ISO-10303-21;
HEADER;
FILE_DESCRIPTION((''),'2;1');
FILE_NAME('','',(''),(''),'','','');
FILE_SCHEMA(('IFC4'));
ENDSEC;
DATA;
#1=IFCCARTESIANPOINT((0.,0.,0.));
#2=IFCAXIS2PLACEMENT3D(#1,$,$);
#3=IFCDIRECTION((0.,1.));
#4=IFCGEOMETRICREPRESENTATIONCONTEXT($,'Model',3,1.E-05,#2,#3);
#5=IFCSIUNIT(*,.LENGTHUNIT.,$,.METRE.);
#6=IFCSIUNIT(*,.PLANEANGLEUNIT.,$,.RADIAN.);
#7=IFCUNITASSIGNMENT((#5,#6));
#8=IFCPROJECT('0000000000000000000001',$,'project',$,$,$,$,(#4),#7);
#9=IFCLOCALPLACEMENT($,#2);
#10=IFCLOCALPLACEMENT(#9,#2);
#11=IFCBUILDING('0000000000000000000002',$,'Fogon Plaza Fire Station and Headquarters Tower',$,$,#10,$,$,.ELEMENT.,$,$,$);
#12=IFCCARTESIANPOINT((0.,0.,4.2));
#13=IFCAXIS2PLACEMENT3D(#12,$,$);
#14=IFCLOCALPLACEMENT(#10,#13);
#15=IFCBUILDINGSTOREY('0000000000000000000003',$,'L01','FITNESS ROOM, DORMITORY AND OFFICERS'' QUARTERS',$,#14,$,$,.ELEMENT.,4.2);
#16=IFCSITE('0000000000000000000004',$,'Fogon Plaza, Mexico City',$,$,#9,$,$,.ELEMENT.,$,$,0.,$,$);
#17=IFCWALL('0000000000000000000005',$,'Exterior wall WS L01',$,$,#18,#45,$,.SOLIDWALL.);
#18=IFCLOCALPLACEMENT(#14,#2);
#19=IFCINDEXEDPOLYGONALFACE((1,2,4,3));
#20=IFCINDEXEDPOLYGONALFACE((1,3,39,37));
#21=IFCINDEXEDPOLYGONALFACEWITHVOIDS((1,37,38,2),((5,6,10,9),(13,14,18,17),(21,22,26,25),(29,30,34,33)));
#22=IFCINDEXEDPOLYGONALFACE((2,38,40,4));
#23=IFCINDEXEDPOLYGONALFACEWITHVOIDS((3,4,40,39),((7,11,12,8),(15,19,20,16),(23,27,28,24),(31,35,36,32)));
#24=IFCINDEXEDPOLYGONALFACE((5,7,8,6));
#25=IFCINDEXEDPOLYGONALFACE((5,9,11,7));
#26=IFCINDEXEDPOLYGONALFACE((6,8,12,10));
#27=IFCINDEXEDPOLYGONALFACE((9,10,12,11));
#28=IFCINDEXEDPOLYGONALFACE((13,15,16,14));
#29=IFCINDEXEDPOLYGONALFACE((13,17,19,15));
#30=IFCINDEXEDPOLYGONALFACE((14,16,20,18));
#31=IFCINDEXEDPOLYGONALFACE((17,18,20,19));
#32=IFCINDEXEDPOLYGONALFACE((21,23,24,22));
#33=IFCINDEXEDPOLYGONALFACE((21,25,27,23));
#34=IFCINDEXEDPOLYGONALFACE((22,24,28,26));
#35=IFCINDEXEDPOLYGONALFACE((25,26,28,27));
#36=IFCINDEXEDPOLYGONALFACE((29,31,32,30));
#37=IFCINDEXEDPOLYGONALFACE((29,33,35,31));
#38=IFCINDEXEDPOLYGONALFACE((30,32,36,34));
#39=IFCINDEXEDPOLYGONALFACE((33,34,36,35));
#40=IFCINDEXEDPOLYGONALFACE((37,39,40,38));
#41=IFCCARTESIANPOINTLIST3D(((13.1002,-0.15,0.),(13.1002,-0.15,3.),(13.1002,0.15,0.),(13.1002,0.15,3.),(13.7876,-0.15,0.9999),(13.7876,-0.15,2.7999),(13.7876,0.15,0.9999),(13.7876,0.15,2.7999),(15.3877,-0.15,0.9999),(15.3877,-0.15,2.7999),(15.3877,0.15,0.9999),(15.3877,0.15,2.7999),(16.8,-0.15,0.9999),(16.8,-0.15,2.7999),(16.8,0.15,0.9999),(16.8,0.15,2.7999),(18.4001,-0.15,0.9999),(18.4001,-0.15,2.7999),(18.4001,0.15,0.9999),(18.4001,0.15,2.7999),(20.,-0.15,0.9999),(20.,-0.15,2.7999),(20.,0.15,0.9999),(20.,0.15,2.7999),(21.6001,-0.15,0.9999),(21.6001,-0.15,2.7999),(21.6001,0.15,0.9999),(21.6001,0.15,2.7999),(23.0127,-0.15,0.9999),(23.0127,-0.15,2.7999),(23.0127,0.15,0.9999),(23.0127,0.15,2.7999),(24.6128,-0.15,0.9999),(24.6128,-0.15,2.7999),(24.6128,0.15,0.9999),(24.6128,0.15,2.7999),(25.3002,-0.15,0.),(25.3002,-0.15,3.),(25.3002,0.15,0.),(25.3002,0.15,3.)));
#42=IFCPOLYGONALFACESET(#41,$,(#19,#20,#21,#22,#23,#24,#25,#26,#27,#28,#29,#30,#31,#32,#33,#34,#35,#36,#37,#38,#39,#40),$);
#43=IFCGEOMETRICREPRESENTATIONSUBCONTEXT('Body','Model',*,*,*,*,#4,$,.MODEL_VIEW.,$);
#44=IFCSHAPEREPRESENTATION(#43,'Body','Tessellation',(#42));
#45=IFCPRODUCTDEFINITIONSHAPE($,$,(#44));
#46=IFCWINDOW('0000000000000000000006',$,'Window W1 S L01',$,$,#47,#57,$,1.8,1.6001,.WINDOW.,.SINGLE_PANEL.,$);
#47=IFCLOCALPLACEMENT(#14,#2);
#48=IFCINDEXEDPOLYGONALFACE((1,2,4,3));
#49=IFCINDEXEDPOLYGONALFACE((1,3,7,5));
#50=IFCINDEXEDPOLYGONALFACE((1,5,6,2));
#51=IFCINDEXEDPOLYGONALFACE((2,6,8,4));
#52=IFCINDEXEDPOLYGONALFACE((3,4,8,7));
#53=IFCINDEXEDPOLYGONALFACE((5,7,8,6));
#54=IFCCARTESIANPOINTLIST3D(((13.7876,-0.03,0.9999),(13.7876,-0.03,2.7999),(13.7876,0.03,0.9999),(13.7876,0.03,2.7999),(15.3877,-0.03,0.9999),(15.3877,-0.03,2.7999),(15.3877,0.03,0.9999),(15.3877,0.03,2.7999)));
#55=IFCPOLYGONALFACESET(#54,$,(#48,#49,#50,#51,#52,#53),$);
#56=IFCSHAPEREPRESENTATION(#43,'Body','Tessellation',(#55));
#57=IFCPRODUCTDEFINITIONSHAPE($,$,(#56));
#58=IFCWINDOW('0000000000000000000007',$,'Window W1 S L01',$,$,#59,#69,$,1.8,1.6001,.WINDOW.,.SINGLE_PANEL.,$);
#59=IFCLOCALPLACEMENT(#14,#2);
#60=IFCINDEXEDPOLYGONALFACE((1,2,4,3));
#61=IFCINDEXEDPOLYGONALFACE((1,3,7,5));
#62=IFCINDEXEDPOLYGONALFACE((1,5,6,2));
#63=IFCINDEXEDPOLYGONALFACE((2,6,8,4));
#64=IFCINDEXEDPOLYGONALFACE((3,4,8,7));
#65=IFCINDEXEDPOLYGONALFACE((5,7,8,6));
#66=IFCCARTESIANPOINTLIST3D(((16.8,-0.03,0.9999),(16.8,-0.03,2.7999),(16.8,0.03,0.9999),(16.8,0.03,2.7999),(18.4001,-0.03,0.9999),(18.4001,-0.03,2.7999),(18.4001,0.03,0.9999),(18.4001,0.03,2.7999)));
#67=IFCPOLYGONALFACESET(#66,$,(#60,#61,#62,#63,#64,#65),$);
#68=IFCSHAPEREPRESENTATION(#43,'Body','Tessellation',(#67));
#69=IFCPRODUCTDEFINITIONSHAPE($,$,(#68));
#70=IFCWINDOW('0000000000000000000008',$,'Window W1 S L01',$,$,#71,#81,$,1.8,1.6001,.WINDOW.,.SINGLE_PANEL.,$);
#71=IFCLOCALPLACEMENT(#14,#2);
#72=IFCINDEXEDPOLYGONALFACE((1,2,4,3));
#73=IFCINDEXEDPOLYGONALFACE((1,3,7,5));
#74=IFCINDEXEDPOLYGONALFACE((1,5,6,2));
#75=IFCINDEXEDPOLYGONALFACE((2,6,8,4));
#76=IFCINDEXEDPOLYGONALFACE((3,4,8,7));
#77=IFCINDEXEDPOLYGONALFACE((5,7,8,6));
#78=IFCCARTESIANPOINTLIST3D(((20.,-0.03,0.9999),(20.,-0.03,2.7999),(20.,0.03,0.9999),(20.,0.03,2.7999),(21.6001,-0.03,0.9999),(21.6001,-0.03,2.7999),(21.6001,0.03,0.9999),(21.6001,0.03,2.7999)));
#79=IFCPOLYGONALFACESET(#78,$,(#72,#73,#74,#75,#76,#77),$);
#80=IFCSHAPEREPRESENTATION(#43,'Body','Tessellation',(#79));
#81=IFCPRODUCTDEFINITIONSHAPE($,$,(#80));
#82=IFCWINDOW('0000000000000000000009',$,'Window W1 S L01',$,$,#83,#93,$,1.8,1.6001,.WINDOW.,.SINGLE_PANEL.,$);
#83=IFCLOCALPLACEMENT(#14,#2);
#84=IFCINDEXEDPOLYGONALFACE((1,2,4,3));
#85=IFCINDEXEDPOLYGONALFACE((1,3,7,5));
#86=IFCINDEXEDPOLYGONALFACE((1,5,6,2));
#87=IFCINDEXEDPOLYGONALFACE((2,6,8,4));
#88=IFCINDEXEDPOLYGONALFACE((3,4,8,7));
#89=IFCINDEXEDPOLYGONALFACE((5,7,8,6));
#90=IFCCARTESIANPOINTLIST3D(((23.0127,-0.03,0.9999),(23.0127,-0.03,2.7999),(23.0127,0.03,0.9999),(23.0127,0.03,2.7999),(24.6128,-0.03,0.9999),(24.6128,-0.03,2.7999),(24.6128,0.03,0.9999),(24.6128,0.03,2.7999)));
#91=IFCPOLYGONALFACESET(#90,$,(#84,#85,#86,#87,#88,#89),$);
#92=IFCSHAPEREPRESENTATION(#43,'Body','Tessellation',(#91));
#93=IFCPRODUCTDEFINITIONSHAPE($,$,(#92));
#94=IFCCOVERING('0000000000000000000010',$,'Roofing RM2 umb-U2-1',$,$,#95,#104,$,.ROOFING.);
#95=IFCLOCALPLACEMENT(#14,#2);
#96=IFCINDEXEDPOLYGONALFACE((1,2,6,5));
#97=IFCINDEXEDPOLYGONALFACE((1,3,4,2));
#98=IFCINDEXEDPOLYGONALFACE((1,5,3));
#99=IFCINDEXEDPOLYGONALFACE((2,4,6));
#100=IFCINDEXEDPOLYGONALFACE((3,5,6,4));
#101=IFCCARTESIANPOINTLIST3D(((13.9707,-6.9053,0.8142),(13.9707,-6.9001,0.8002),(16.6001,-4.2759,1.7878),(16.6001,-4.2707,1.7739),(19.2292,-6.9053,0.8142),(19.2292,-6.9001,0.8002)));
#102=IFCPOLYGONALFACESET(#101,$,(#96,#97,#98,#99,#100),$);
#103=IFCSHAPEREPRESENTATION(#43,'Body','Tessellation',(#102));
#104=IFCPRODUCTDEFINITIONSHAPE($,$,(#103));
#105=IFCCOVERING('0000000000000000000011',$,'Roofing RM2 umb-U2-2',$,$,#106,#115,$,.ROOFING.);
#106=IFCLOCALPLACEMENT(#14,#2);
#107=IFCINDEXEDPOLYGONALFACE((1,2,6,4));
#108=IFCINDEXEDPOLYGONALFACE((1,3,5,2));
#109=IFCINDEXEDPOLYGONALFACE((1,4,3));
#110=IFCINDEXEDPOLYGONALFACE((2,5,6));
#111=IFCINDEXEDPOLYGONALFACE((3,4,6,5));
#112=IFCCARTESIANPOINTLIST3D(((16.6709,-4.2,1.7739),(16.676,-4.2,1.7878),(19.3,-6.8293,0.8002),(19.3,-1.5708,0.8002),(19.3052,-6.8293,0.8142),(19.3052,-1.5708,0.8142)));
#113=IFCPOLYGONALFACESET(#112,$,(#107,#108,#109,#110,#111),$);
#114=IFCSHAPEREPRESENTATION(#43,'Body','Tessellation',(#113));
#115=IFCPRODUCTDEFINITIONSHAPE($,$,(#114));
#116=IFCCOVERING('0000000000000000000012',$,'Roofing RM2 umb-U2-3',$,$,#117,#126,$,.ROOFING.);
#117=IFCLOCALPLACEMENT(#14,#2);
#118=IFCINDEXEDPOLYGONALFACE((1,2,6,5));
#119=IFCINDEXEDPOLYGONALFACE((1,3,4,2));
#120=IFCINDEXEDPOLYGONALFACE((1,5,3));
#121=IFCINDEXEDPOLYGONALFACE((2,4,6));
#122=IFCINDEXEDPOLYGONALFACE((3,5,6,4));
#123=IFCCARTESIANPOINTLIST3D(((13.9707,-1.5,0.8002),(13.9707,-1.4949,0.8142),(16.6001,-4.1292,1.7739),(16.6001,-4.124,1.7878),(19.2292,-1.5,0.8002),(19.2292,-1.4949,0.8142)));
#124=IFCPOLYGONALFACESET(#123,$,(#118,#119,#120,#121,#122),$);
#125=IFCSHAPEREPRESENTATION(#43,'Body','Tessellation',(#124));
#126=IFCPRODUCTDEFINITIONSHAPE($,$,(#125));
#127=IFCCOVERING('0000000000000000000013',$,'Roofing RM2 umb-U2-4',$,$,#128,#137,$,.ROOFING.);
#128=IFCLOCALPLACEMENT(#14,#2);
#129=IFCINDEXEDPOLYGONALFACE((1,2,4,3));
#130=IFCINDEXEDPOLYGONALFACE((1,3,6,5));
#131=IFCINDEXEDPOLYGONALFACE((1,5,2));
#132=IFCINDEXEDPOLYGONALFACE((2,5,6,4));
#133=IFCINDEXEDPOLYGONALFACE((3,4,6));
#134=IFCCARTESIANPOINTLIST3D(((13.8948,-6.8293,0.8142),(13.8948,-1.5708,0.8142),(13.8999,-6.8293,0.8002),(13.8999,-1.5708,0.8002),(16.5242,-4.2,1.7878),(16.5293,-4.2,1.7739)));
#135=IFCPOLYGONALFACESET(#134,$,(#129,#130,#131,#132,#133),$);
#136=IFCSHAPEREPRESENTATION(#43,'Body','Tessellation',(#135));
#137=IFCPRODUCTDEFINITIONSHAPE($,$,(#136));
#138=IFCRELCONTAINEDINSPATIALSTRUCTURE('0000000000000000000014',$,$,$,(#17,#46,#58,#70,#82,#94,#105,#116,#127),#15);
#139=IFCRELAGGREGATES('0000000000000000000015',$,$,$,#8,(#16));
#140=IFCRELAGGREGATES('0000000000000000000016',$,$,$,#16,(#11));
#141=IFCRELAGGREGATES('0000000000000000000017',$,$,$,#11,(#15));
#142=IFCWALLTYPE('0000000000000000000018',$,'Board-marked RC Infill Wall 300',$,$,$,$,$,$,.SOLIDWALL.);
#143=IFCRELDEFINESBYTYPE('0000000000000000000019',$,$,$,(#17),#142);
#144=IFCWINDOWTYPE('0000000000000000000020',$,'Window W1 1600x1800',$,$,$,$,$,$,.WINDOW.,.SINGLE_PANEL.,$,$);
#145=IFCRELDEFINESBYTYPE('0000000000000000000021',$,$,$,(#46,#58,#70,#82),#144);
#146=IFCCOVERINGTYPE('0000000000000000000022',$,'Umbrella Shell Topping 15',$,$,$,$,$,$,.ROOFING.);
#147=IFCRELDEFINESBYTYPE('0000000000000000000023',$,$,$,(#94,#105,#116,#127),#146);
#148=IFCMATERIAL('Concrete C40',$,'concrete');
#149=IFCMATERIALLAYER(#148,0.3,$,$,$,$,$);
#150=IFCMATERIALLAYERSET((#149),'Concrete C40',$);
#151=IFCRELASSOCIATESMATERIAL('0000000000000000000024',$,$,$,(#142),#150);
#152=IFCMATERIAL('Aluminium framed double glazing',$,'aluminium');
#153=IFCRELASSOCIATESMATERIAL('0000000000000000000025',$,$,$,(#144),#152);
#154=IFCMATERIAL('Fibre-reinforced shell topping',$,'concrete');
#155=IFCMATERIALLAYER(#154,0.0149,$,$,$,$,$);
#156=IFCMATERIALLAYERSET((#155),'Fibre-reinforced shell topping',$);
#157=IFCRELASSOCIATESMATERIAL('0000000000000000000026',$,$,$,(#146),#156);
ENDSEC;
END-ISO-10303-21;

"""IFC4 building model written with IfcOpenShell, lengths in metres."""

from ifc_helpers import new_model, si_unit, direction, frame, frame_2d, origin, place, context, subcontext, project, spatial, polyline, rectangle, outline, extrude, material, layer, layer_set, type_object, element, fill, save


model = new_model("IFC4")

# Units and contexts
model_context = context("Model", 3, precision=1e-05, world=origin(), true_north=direction((0.0, 1.0)))
body_context = subcontext(model_context, "Body", "Model", "MODEL_VIEW")
ifc_project = project(units=[si_unit("LENGTHUNIT", "METRE"), si_unit("PLANEANGLEUNIT", "RADIAN")], contexts=[model_context])

# Site, building, storey
site_placement = place(None, origin())
site = spatial("IfcSite", under=ifc_project, at=site_placement, Name="Fogon Plaza, Mexico City", CompositionType="ELEMENT", RefElevation=0.0)
building_placement = place(site_placement, origin())
building = spatial("IfcBuilding", under=site, at=building_placement, Name="Fogon Plaza Fire Station and Headquarters Tower", CompositionType="ELEMENT")
storey_placement = place(building_placement, frame((0.0, 0.0, 4.2)))
storey = spatial("IfcBuildingStorey", under=building, at=storey_placement, Name="L01", Description="FITNESS ROOM, DORMITORY AND OFFICERS' QUARTERS", CompositionType="ELEMENT", Elevation=4.2)

# Wall, openings, windows
ifc_material_1 = material(Name="Concrete C40", Category="concrete")
ifc_layer_1 = layer(ifc_material_1, 0.3)
ifc_layer_set_1 = layer_set([ifc_layer_1], Name="Concrete C40")
wall_type_1 = type_object("IfcWallType", Name="Board-marked RC Infill Wall 300", PredefinedType="SOLIDWALL", material=ifc_layer_set_1)
wall_1_placement = place(storey_placement, frame((13.1001, 0.0, 0.0), z_axis=(0.0, 0.0, 1.0), x_axis=(1.0, 0.0, 0.0)))
wall_1 = element("IfcWall", 1, at=wall_1_placement, inside=storey, type_object=wall_type_1, Name="Exterior wall WS L01", PredefinedType="SOLIDWALL", context=body_context, shape_type="SweptSolid", body=[
    extrude(rectangle(XDim=12.2, YDim=0.3, at=frame_2d((6.1001, 0.0))), origin(), (0.0, 0.0, 1.0), 3.0),
])
opening_1_placement = place(wall_1_placement, frame((0.6875, 0.0, 1.0)))
opening_1 = element("IfcOpeningElement", 2, at=opening_1_placement, cuts=wall_1, PredefinedType="OPENING", context=body_context, shape_type="SweptSolid", body=[
    extrude(rectangle(XDim=1.6001, YDim=1.8, at=frame_2d((0.8, 0.8999))), frame((0.0, 0.1599, 0.0), z_axis=(0.0, -1.0, 0.0), x_axis=(1.0, 0.0, 0.0)), (0.0, 0.0, 1.0), 0.3201),
])
opening_2_placement = place(wall_1_placement, frame((3.7, 0.0, 1.0)))
opening_2 = element("IfcOpeningElement", 3, at=opening_2_placement, cuts=wall_1, PredefinedType="OPENING", context=body_context, shape_type="SweptSolid", body=[
    extrude(rectangle(XDim=1.6001, YDim=1.8, at=frame_2d((0.8, 0.8999))), frame((0.0, 0.1599, 0.0), z_axis=(0.0, -1.0, 0.0), x_axis=(1.0, 0.0, 0.0)), (0.0, 0.0, 1.0), 0.3201),
])
opening_3_placement = place(wall_1_placement, frame((6.8999, 0.0, 1.0)))
opening_3 = element("IfcOpeningElement", 4, at=opening_3_placement, cuts=wall_1, PredefinedType="OPENING", context=body_context, shape_type="SweptSolid", body=[
    extrude(rectangle(XDim=1.6001, YDim=1.8, at=frame_2d((0.8, 0.8999))), frame((0.0, 0.1599, 0.0), z_axis=(0.0, -1.0, 0.0), x_axis=(1.0, 0.0, 0.0)), (0.0, 0.0, 1.0), 0.3201),
])
opening_4_placement = place(wall_1_placement, frame((9.9126, 0.0, 1.0)))
opening_4 = element("IfcOpeningElement", 5, at=opening_4_placement, cuts=wall_1, PredefinedType="OPENING", context=body_context, shape_type="SweptSolid", body=[
    extrude(rectangle(XDim=1.6001, YDim=1.8, at=frame_2d((0.8, 0.8999))), frame((0.0, 0.1599, 0.0), z_axis=(0.0, -1.0, 0.0), x_axis=(1.0, 0.0, 0.0)), (0.0, 0.0, 1.0), 0.3201),
])
ifc_material_2 = material(Name="Aluminium framed double glazing", Category="aluminium")
window_type = type_object("IfcWindowType", Name="Window W1 1600x1800", PartitioningType="SINGLE_PANEL", PredefinedType="WINDOW", material=ifc_material_2)
window_1_placement = place(opening_1_placement, origin())
window_1 = element("IfcWindow", 6, at=window_1_placement, inside=storey, type_object=window_type, Name="Window W1 S L01", OverallHeight=1.8, OverallWidth=1.6001, PartitioningType="SINGLE_PANEL", PredefinedType="WINDOW", context=body_context, shape_type="SweptSolid", body=[
    extrude(rectangle(XDim=1.6001, YDim=1.8, at=frame_2d((0.8, 0.8999))), frame((0.0, 0.03, 0.0), z_axis=(0.0, -1.0, 0.0), x_axis=(1.0, 0.0, 0.0)), (0.0, 0.0, 1.0), 0.0601),
])
fill(opening_1, window_1)
window_2_placement = place(opening_2_placement, origin())
window_2 = element("IfcWindow", 7, at=window_2_placement, inside=storey, type_object=window_type, Name="Window W1 S L01", OverallHeight=1.8, OverallWidth=1.6001, PartitioningType="SINGLE_PANEL", PredefinedType="WINDOW", context=body_context, shape_type="SweptSolid", body=[
    extrude(rectangle(XDim=1.6001, YDim=1.8, at=frame_2d((0.8, 0.8999))), frame((0.0, 0.03, 0.0), z_axis=(0.0, -1.0, 0.0), x_axis=(1.0, 0.0, 0.0)), (0.0, 0.0, 1.0), 0.0601),
])
fill(opening_2, window_2)
window_3_placement = place(opening_3_placement, origin())
window_3 = element("IfcWindow", 8, at=window_3_placement, inside=storey, type_object=window_type, Name="Window W1 S L01", OverallHeight=1.8, OverallWidth=1.6001, PartitioningType="SINGLE_PANEL", PredefinedType="WINDOW", context=body_context, shape_type="SweptSolid", body=[
    extrude(rectangle(XDim=1.6001, YDim=1.8, at=frame_2d((0.8, 0.8999))), frame((0.0, 0.03, 0.0), z_axis=(0.0, -1.0, 0.0), x_axis=(1.0, 0.0, 0.0)), (0.0, 0.0, 1.0), 0.0601),
])
fill(opening_3, window_3)
window_4_placement = place(opening_4_placement, origin())
window_4 = element("IfcWindow", 9, at=window_4_placement, inside=storey, type_object=window_type, Name="Window W1 S L01", OverallHeight=1.8, OverallWidth=1.6001, PartitioningType="SINGLE_PANEL", PredefinedType="WINDOW", context=body_context, shape_type="SweptSolid", body=[
    extrude(rectangle(XDim=1.6001, YDim=1.8, at=frame_2d((0.8, 0.8999))), frame((0.0, 0.03, 0.0), z_axis=(0.0, -1.0, 0.0), x_axis=(1.0, 0.0, 0.0)), (0.0, 0.0, 1.0), 0.0601),
])
fill(opening_4, window_4)

# Coverings
ifc_material_3 = material(Name="Fibre-reinforced shell topping", Category="concrete")
ifc_layer_2 = layer(ifc_material_3, 0.0149)
ifc_layer_set_2 = layer_set([ifc_layer_2], Name="Fibre-reinforced shell topping")
covering_type = type_object("IfcCoveringType", Name="Umbrella Shell Topping 15", PredefinedType="ROOFING", material=ifc_layer_set_2)
covering_1_placement = place(storey_placement, frame((13.9707, -6.9053, 0.8142), z_axis=(0.0, -0.347246, 0.937774), x_axis=(0.684047, 0.684047, 0.253294)))
element("IfcCovering", 10, at=covering_1_placement, inside=storey, type_object=covering_type, Name="Roofing RM2 umb-U2-1", PredefinedType="ROOFING", context=body_context, shape_type="SweptSolid", body=[
    extrude(outline(polyline([(0.0, 0.0), (3.8439, 0.0), (3.5971, -3.8358), (0.0, 0.0)])), origin(), (0.0, 0.0, -1.0), 0.0149),
])
covering_2_placement = place(storey_placement, frame((19.3052, -6.8293, 0.8142), z_axis=(0.347275, 0.0, 0.937763), x_axis=(-0.684014, 0.684077, 0.253305)))
element("IfcCovering", 11, at=covering_2_placement, inside=storey, type_object=covering_type, Name="Roofing RM2 umb-U2-2", PredefinedType="ROOFING", context=body_context, shape_type="SweptSolid", body=[
    extrude(outline(polyline([(0.0, 0.0), (3.8437, 0.0), (3.5973, -3.8356), (0.0, 0.0)])), origin(), (0.0, 0.0, -1.0), 0.0149),
])
covering_3_placement = place(storey_placement, frame((19.2292, -1.4949, 0.8142), z_axis=(0.0, 0.347275, 0.937763), x_axis=(-0.684043, -0.684043, 0.253316)))
element("IfcCovering", 12, at=covering_3_placement, inside=storey, type_object=covering_type, Name="Roofing RM2 umb-U2-3", PredefinedType="ROOFING", context=body_context, shape_type="SweptSolid", body=[
    extrude(outline(polyline([(0.0, 0.0), (3.8435, 0.0), (3.5971, -3.8358), (0.0, 0.0)])), origin(), (0.0, 0.0, -1.0), 0.0149),
])
covering_4_placement = place(storey_placement, frame((13.8948, -1.5708, 0.8142), z_axis=(-0.347246, 0.0, 0.937774), x_axis=(0.684077, -0.684014, 0.253305)))
element("IfcCovering", 13, at=covering_4_placement, inside=storey, type_object=covering_type, Name="Roofing RM2 umb-U2-4", PredefinedType="ROOFING", context=body_context, shape_type="SweptSolid", body=[
    extrude(outline(polyline([(0.0, 0.0), (3.8437, 0.0), (3.5969, -3.8359), (0.0, 0.0)])), origin(), (0.0, 0.0, -1.0), 0.0149),
])

save(model, "model.ifc")
